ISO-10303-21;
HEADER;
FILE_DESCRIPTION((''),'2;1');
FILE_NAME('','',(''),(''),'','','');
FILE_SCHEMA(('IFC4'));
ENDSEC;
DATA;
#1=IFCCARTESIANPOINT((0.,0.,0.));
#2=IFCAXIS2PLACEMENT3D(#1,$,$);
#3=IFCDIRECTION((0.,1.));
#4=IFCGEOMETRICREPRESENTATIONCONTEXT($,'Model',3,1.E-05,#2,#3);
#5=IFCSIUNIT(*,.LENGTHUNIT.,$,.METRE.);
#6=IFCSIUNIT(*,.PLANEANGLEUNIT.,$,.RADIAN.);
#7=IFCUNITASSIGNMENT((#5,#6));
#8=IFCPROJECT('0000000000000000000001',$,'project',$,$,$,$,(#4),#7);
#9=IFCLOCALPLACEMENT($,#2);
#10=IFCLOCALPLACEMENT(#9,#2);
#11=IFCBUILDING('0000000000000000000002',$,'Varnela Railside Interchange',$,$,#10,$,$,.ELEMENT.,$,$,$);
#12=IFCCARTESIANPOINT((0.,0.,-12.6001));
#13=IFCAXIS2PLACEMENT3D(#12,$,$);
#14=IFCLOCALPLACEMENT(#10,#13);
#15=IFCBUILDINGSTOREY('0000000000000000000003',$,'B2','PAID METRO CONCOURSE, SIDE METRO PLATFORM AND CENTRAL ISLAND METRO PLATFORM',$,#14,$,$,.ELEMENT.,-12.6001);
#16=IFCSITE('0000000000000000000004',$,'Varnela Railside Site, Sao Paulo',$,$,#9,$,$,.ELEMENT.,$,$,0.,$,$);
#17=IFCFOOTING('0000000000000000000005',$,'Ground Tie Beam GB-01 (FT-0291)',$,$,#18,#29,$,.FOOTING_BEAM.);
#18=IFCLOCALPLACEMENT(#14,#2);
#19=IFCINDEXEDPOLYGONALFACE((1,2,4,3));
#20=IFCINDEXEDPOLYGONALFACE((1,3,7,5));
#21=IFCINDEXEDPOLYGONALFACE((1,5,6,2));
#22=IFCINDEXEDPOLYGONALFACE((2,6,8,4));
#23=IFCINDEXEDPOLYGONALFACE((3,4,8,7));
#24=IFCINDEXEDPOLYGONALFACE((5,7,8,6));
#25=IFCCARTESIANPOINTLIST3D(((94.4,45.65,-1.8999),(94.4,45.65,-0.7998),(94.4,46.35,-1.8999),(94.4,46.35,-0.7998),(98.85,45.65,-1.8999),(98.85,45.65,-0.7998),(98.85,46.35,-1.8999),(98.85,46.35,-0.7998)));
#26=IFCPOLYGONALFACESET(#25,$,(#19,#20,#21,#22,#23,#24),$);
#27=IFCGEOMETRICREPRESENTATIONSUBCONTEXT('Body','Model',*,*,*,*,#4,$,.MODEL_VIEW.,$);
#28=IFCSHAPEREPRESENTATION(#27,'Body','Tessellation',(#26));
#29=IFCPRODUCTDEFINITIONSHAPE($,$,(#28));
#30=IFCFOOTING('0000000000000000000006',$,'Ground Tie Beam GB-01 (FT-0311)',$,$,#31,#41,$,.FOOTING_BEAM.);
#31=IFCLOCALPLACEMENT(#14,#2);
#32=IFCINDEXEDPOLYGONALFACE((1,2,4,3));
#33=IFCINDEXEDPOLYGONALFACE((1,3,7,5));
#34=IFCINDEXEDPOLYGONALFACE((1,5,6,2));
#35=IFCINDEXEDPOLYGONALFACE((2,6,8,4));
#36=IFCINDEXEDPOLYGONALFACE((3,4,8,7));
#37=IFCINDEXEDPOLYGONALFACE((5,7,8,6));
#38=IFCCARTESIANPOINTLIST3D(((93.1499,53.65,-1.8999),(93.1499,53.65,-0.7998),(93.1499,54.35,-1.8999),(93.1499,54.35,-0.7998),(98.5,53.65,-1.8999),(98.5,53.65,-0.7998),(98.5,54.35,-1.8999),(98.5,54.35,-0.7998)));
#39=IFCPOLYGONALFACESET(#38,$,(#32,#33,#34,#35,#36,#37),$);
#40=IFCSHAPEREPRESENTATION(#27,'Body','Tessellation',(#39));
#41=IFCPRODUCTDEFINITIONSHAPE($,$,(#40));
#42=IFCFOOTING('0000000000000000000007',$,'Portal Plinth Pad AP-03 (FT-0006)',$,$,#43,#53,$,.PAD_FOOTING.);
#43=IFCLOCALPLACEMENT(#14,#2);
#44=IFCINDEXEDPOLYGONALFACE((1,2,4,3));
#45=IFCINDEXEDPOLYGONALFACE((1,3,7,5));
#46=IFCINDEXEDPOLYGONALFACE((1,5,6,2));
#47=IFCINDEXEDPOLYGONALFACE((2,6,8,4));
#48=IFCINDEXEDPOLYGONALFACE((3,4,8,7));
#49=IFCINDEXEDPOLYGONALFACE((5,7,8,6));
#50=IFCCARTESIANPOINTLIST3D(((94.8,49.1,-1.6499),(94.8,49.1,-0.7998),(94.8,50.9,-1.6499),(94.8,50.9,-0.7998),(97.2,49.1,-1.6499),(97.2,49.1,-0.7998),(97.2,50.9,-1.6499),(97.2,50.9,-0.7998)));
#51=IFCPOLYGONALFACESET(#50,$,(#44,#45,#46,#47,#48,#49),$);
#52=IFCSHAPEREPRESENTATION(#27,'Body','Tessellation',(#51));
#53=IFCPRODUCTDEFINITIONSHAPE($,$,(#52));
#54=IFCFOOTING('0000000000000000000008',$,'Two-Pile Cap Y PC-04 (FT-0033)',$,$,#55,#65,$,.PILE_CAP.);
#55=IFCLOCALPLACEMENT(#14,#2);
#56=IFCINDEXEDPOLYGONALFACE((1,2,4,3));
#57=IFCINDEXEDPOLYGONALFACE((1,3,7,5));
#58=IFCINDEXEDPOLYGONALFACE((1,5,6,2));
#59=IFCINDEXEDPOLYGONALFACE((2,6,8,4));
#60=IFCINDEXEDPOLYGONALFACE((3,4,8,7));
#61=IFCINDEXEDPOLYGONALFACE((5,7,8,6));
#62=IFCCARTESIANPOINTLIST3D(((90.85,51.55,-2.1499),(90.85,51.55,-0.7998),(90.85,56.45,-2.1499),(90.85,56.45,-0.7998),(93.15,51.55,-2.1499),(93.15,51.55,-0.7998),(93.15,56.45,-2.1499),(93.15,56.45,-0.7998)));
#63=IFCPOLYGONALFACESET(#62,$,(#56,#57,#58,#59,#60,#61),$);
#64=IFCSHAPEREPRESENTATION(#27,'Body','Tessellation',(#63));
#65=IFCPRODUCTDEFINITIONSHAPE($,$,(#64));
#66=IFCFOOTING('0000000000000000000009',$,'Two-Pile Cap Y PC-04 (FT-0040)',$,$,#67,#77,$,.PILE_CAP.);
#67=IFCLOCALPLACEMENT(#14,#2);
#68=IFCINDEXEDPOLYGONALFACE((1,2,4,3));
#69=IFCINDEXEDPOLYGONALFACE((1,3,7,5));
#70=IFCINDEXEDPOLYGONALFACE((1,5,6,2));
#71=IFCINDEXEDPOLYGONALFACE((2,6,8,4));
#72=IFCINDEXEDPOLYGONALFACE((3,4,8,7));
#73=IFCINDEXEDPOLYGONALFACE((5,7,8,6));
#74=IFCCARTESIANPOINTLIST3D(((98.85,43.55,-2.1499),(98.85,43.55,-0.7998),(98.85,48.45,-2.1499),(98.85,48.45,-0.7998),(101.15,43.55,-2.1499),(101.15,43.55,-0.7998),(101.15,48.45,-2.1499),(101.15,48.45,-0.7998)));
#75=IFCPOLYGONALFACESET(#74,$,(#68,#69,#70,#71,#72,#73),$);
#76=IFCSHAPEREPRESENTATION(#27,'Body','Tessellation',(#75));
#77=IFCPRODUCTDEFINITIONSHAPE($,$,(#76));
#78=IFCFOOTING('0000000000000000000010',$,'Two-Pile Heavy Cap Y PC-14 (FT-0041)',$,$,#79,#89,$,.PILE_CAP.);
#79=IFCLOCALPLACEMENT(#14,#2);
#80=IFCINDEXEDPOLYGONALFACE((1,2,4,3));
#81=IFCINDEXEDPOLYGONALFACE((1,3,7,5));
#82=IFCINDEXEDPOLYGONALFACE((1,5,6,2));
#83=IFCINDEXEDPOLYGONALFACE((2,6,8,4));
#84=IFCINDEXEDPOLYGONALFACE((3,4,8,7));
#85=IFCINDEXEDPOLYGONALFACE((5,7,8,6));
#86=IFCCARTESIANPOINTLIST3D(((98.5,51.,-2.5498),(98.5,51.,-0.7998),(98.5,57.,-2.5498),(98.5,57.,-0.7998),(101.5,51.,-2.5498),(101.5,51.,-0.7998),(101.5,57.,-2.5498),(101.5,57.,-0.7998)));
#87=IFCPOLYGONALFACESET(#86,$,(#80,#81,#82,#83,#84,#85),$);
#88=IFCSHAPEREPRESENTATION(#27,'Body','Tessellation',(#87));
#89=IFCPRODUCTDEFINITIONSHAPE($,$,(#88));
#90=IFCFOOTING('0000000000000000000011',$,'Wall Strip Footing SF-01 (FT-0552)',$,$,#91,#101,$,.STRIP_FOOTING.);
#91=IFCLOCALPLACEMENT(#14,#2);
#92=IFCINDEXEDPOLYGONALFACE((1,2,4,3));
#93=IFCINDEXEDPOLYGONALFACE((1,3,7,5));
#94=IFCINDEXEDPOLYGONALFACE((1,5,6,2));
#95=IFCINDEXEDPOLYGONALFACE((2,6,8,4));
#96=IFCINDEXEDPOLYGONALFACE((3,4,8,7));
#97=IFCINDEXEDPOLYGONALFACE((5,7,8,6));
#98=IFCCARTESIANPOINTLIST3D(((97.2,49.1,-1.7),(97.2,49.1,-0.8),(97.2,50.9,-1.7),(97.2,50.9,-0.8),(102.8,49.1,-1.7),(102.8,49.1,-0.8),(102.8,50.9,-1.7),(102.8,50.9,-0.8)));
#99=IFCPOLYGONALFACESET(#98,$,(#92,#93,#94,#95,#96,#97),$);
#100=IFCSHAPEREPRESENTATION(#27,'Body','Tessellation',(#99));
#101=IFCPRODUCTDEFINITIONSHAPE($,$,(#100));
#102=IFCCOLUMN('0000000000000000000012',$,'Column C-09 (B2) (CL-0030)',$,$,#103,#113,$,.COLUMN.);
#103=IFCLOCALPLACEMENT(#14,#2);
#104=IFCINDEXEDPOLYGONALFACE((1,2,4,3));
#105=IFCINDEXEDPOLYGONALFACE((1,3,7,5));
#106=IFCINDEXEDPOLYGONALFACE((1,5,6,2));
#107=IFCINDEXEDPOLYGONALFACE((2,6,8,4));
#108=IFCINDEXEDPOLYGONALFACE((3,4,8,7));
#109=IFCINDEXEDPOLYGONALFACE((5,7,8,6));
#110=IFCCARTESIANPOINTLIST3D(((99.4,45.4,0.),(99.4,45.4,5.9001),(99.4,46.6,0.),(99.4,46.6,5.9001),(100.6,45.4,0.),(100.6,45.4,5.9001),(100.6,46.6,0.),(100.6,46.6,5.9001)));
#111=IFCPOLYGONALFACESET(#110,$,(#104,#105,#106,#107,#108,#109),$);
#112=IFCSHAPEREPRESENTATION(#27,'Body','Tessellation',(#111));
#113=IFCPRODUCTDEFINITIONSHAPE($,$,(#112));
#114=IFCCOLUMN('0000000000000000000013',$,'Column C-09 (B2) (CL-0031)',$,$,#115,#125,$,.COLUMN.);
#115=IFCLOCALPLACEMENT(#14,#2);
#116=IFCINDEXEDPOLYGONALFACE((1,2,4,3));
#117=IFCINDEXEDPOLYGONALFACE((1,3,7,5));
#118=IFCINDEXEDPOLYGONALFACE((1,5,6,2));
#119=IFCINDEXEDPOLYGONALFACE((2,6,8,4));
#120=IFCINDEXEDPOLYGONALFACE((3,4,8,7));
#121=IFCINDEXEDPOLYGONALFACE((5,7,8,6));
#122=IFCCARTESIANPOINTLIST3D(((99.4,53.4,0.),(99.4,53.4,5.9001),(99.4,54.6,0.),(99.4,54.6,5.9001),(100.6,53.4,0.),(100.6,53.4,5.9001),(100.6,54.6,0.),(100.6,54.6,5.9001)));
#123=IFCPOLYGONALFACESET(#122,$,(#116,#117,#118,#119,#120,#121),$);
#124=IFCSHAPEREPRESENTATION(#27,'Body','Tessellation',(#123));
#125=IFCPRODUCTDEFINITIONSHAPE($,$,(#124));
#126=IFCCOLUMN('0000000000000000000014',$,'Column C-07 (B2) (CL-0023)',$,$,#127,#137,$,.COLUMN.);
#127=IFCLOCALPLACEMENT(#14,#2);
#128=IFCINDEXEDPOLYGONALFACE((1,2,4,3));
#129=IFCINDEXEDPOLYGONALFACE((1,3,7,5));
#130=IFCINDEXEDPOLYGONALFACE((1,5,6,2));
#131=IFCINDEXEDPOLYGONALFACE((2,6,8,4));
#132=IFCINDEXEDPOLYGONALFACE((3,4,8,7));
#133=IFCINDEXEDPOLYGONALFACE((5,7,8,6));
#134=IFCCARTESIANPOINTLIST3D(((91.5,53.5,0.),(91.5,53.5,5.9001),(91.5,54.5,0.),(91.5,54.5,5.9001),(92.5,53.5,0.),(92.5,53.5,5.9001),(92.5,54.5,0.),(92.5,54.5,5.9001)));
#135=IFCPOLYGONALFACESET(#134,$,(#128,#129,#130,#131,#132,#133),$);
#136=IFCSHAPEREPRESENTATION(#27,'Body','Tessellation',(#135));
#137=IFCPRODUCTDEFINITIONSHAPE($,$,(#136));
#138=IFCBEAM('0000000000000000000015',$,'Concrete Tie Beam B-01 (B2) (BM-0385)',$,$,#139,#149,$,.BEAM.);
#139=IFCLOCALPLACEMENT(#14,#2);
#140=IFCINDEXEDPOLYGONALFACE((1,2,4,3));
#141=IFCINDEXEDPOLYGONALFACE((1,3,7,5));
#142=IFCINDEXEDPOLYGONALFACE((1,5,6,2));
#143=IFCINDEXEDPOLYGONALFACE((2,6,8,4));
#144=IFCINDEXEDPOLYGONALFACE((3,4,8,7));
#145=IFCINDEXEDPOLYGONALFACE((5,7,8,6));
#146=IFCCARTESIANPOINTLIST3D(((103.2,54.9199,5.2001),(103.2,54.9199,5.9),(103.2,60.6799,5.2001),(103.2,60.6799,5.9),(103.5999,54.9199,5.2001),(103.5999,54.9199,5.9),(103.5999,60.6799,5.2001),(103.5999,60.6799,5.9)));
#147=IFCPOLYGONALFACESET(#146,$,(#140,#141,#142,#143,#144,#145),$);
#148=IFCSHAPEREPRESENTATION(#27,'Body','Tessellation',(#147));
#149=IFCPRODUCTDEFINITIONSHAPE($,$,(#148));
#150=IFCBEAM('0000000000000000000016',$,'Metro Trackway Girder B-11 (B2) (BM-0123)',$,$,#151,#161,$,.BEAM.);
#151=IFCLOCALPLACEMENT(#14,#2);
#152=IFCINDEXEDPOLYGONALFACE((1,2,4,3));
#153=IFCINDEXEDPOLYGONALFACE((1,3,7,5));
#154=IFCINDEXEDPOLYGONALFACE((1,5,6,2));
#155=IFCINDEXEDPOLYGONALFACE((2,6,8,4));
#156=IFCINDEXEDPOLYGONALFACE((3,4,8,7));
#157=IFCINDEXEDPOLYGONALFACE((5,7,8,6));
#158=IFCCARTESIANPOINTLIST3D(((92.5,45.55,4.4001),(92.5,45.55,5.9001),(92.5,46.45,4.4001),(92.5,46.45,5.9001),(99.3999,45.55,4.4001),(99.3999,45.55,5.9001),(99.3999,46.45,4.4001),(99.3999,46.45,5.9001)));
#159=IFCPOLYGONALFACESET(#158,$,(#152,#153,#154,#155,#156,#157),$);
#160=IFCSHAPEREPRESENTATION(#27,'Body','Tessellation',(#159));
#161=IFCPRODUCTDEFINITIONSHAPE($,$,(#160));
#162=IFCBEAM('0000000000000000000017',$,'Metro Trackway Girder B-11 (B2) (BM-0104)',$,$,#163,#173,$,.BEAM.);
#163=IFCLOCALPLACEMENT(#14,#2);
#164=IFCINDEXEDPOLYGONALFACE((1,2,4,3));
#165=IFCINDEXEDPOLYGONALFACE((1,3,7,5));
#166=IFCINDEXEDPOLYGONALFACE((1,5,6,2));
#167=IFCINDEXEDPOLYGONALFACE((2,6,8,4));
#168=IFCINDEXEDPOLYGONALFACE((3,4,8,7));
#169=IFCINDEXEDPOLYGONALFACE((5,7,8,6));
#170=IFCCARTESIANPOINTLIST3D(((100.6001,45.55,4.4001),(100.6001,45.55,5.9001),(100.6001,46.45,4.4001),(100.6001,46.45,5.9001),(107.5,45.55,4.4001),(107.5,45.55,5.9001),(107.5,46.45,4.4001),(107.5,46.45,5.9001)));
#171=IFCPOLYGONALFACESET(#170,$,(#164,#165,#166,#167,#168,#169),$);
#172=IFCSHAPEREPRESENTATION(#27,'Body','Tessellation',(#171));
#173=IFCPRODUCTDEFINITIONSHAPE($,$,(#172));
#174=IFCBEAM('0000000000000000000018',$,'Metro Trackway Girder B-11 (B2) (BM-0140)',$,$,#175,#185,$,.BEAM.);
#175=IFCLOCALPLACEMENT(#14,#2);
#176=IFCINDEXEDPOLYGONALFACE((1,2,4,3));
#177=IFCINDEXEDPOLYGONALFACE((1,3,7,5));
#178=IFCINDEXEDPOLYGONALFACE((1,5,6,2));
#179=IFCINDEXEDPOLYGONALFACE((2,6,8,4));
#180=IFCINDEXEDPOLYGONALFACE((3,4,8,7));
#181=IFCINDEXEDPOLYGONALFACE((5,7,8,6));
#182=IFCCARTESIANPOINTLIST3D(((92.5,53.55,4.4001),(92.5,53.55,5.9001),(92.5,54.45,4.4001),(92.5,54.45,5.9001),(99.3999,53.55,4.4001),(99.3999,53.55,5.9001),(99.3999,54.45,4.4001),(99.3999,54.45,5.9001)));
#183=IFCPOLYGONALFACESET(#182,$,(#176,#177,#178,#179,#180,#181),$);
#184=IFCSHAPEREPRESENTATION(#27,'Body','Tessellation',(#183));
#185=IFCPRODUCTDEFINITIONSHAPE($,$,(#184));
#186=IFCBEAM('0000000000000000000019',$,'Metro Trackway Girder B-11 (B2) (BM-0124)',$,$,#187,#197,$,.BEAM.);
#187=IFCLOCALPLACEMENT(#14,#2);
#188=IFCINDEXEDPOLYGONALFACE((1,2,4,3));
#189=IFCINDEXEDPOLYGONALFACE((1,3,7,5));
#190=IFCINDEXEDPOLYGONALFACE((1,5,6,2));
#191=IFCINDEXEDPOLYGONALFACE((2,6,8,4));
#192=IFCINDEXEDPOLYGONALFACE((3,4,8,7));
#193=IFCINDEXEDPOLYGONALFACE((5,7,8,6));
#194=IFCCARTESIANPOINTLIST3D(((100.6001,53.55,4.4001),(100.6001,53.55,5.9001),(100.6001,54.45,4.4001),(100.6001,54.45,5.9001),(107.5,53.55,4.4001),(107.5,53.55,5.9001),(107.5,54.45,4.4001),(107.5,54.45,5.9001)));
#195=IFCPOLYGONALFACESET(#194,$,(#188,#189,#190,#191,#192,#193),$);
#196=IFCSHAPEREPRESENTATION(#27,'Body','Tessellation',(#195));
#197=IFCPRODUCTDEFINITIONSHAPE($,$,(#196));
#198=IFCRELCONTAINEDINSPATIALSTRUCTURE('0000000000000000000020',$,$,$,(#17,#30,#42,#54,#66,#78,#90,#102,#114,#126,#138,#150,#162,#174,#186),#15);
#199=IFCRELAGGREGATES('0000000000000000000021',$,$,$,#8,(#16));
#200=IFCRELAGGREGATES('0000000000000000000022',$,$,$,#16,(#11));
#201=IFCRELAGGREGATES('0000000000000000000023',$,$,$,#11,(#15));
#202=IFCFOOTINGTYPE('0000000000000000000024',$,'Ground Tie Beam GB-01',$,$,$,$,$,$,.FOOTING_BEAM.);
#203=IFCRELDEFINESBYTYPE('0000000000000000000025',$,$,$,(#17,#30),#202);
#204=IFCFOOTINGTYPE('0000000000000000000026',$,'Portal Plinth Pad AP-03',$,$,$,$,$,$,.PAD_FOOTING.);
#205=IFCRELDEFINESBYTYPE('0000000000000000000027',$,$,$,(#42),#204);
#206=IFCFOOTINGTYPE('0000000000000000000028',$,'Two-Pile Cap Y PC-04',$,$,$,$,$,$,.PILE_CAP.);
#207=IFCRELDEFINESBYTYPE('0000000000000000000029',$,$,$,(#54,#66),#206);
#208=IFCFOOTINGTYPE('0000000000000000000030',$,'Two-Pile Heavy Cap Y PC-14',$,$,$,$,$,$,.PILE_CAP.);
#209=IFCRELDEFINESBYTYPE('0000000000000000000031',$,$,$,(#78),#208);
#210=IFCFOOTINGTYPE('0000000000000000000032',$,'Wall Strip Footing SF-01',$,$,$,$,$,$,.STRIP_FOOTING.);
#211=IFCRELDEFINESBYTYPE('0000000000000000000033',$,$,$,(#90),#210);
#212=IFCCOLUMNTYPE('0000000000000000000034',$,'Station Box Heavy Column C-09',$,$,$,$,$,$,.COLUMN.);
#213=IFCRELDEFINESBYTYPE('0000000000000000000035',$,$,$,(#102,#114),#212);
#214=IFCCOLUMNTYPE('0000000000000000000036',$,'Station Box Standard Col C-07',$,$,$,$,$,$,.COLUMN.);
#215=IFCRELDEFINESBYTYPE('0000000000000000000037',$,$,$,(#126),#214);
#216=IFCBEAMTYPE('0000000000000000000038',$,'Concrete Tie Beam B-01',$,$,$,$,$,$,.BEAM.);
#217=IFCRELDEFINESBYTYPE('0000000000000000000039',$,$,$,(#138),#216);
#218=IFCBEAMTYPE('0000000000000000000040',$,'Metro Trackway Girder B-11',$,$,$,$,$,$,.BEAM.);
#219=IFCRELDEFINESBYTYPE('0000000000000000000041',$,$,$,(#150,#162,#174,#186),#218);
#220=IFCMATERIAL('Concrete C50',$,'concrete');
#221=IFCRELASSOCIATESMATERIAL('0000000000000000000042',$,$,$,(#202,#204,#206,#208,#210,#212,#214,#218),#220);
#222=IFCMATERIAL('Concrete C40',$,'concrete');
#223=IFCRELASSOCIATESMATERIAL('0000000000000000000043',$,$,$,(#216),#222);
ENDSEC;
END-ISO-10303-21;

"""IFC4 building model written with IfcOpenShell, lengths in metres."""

from ifc_helpers import new_model, si_unit, direction, frame, origin, origin_2d, place, context, subcontext, project, spatial, rectangle, extrude, material, material_profile, profile_set, type_object, element, save


model = new_model("IFC4")

# Units and contexts
model_context = context("Model", 3, precision=1e-05, world=origin(), true_north=direction((0.0, 1.0)))
body_context = subcontext(model_context, "Body", "Model", "MODEL_VIEW")
ifc_project = project(units=[si_unit("LENGTHUNIT", "METRE"), si_unit("PLANEANGLEUNIT", "RADIAN")], contexts=[model_context])

# Site, building, storey
site_placement = place(None, origin())
site = spatial("IfcSite", under=ifc_project, at=site_placement, Name="Varnela Railside Site, Sao Paulo", CompositionType="ELEMENT", RefElevation=0.0)
building_placement = place(site_placement, origin())
building = spatial("IfcBuilding", under=site, at=building_placement, Name="Varnela Railside Interchange", CompositionType="ELEMENT")
storey_placement = place(building_placement, frame((0.0, 0.0, -12.6001)))
storey = spatial("IfcBuildingStorey", under=building, at=storey_placement, Name="B2", Description="PAID METRO CONCOURSE, SIDE METRO PLATFORM AND CENTRAL ISLAND METRO PLATFORM", CompositionType="ELEMENT", Elevation=-12.6001)

# Shared definitions
ifc_material_1 = material(Name="Concrete C40", Category="concrete")

# Footings
ifc_material_2 = material(Name="Concrete C50", Category="concrete")
footing_type_1 = type_object("IfcFootingType", Name="Ground Tie Beam GB-01", PredefinedType="FOOTING_BEAM", material=ifc_material_2)
footing_1_placement = place(storey_placement, frame((96.625, 46.0, -1.8999), z_axis=(0.0, 0.0, 1.0), x_axis=(1.0, 0.0, 0.0)))
element("IfcFooting", 1, at=footing_1_placement, inside=storey, type_object=footing_type_1, Name="Ground Tie Beam GB-01 (FT-0291)", PredefinedType="FOOTING_BEAM", context=body_context, shape_type="SweptSolid", body=[
    extrude(rectangle(XDim=4.45, YDim=0.7, at=origin_2d()), origin(), (0.0, 0.0, 1.0), 1.1001),
])
footing_2_placement = place(storey_placement, frame((95.825, 54.0, -1.8999), z_axis=(0.0, 0.0, 1.0), x_axis=(1.0, 0.0, 0.0)))
element("IfcFooting", 2, at=footing_2_placement, inside=storey, type_object=footing_type_1, Name="Ground Tie Beam GB-01 (FT-0311)", PredefinedType="FOOTING_BEAM", context=body_context, shape_type="SweptSolid", body=[
    extrude(rectangle(XDim=5.3501, YDim=0.7, at=origin_2d()), origin(), (0.0, 0.0, 1.0), 1.1001),
])
footing_type_2 = type_object("IfcFootingType", Name="Portal Plinth Pad AP-03", PredefinedType="PAD_FOOTING", material=ifc_material_2)
footing_3_placement = place(storey_placement, frame((96.0, 50.0, -1.6499), z_axis=(0.0, 0.0, 1.0), x_axis=(1.0, 0.0, 0.0)))
element("IfcFooting", 3, at=footing_3_placement, inside=storey, type_object=footing_type_2, Name="Portal Plinth Pad AP-03 (FT-0006)", PredefinedType="PAD_FOOTING", context=body_context, shape_type="SweptSolid", body=[
    extrude(rectangle(XDim=2.3999, YDim=1.8, at=origin_2d()), origin(), (0.0, 0.0, 1.0), 0.8501),
])
footing_type_3 = type_object("IfcFootingType", Name="Two-Pile Cap Y PC-04", PredefinedType="PILE_CAP", material=ifc_material_2)
for number, where, z_axis, x_axis, name in (
    (4, (92.0, 54.0, -2.1499), (0.0, 0.0, 1.0), (1.0, 0.0, 0.0), "Two-Pile Cap Y PC-04 (FT-0033)"),
    (5, (100.0, 46.0, -2.1499), (0.0, 0.0, 1.0), (1.0, 0.0, 0.0), "Two-Pile Cap Y PC-04 (FT-0040)"),
):
    element("IfcFooting", number, at=place(storey_placement, frame(where, z_axis=z_axis, x_axis=x_axis)), inside=storey, type_object=footing_type_3, Name=name, PredefinedType="PILE_CAP", context=body_context, shape_type="SweptSolid", body=[
        extrude(rectangle(XDim=2.3, YDim=4.8999, at=origin_2d()), origin(), (0.0, 0.0, 1.0), 1.3501),
    ])
footing_type_4 = type_object("IfcFootingType", Name="Two-Pile Heavy Cap Y PC-14", PredefinedType="PILE_CAP", material=ifc_material_2)
footing_4_placement = place(storey_placement, frame((100.0, 54.0, -2.5498), z_axis=(0.0, 0.0, 1.0), x_axis=(1.0, 0.0, 0.0)))
element("IfcFooting", 6, at=footing_4_placement, inside=storey, type_object=footing_type_4, Name="Two-Pile Heavy Cap Y PC-14 (FT-0041)", PredefinedType="PILE_CAP", context=body_context, shape_type="SweptSolid", body=[
    extrude(rectangle(XDim=3.0, YDim=6.0, at=origin_2d()), origin(), (0.0, 0.0, 1.0), 1.75),
])
footing_type_5 = type_object("IfcFootingType", Name="Wall Strip Footing SF-01", PredefinedType="STRIP_FOOTING", material=ifc_material_2)
footing_5_placement = place(storey_placement, frame((100.0, 50.0, -1.7), z_axis=(0.0, 0.0, 1.0), x_axis=(1.0, 0.0, 0.0)))
element("IfcFooting", 7, at=footing_5_placement, inside=storey, type_object=footing_type_5, Name="Wall Strip Footing SF-01 (FT-0552)", PredefinedType="STRIP_FOOTING", context=body_context, shape_type="SweptSolid", body=[
    extrude(rectangle(XDim=5.6001, YDim=1.8, at=origin_2d()), origin(), (0.0, 0.0, 1.0), 0.8999),
])

# Columns
ifc_material_profile_1 = material_profile(ifc_material_2, rectangle(XDim=1.2, YDim=1.2, at=origin_2d()), Name="RC 1200x1200")
ifc_profile_set_1 = profile_set([ifc_material_profile_1], Name="Concrete C50")
column_type_1 = type_object("IfcColumnType", Name="Station Box Heavy Column C-09", PredefinedType="COLUMN", material=ifc_profile_set_1)
for number, where, z_axis, x_axis, name in (
    (8, (100.0, 46.0, 0.0), (0.0, 0.0, 1.0), (1.0, 0.0, 0.0), "Column C-09 (B2) (CL-0030)"),
    (9, (100.0, 54.0, 0.0), (0.0, 0.0, 1.0), (1.0, 0.0, 0.0), "Column C-09 (B2) (CL-0031)"),
):
    element("IfcColumn", number, at=place(storey_placement, frame(where, z_axis=z_axis, x_axis=x_axis)), inside=storey, type_object=column_type_1, Name=name, PredefinedType="COLUMN", context=body_context, shape_type="SweptSolid", body=[
        extrude(rectangle(XDim=1.2, YDim=1.2, at=origin_2d()), origin(), (0.0, 0.0, 1.0), 5.9001),
    ])
ifc_material_profile_2 = material_profile(ifc_material_2, rectangle(XDim=1.0, YDim=1.0, at=origin_2d()), Name="RC 1000x1000")
ifc_profile_set_2 = profile_set([ifc_material_profile_2], Name="Concrete C50")
column_type_2 = type_object("IfcColumnType", Name="Station Box Standard Col C-07", PredefinedType="COLUMN", material=ifc_profile_set_2)
column_placement = place(storey_placement, frame((92.0, 54.0, 0.0), z_axis=(0.0, 0.0, 1.0), x_axis=(1.0, 0.0, 0.0)))
element("IfcColumn", 10, at=column_placement, inside=storey, type_object=column_type_2, Name="Column C-07 (B2) (CL-0023)", PredefinedType="COLUMN", context=body_context, shape_type="SweptSolid", body=[
    extrude(rectangle(XDim=1.0, YDim=1.0, at=origin_2d()), origin(), (0.0, 0.0, 1.0), 5.9001),
])

# Beams
ifc_material_profile_3 = material_profile(ifc_material_1, rectangle(XDim=0.3999, YDim=0.7, at=origin_2d()), Name="RC 400x700")
ifc_profile_set_3 = profile_set([ifc_material_profile_3], Name="Concrete C40")
beam_type_1 = type_object("IfcBeamType", Name="Concrete Tie Beam B-01", PredefinedType="BEAM", material=ifc_profile_set_3)
beam_1_placement = place(storey_placement, frame((103.3999, 54.9199, 5.55), z_axis=(0.0, 1.0, 0.0), x_axis=(-1.0, 0.0, 0.0)))
element("IfcBeam", 11, at=beam_1_placement, inside=storey, type_object=beam_type_1, Name="Concrete Tie Beam B-01 (B2) (BM-0385)", PredefinedType="BEAM", context=body_context, shape_type="SweptSolid", body=[
    extrude(rectangle(XDim=0.3999, YDim=0.7, at=origin_2d()), origin(), (0.0, 0.0, 1.0), 5.76),
])
ifc_material_profile_4 = material_profile(ifc_material_2, rectangle(XDim=0.8999, YDim=1.5, at=origin_2d()), Name="RC 900x1500")
ifc_profile_set_4 = profile_set([ifc_material_profile_4], Name="Concrete C50")
beam_type_2 = type_object("IfcBeamType", Name="Metro Trackway Girder B-11", PredefinedType="BEAM", material=ifc_profile_set_4)
for number, where, z_axis, x_axis, name in (
    (12, (92.5, 46.0, 5.1501), (1.0, 0.0, 0.0), (0.0, 1.0, 0.0), "Metro Trackway Girder B-11 (B2) (BM-0123)"),
    (13, (100.6001, 46.0, 5.1501), (1.0, 0.0, 0.0), (0.0, 1.0, 0.0), "Metro Trackway Girder B-11 (B2) (BM-0104)"),
    (14, (92.5, 54.0, 5.1501), (1.0, 0.0, 0.0), (0.0, 1.0, 0.0), "Metro Trackway Girder B-11 (B2) (BM-0140)"),
    (15, (100.6001, 54.0, 5.1501), (1.0, 0.0, 0.0), (0.0, 1.0, 0.0), "Metro Trackway Girder B-11 (B2) (BM-0124)"),
):
    element("IfcBeam", number, at=place(storey_placement, frame(where, z_axis=z_axis, x_axis=x_axis)), inside=storey, type_object=beam_type_2, Name=name, PredefinedType="BEAM", context=body_context, shape_type="SweptSolid", body=[
        extrude(rectangle(XDim=0.8999, YDim=1.5, at=origin_2d()), origin(), (0.0, 0.0, 1.0), 6.8999),
    ])

save(model, "model.ifc")
